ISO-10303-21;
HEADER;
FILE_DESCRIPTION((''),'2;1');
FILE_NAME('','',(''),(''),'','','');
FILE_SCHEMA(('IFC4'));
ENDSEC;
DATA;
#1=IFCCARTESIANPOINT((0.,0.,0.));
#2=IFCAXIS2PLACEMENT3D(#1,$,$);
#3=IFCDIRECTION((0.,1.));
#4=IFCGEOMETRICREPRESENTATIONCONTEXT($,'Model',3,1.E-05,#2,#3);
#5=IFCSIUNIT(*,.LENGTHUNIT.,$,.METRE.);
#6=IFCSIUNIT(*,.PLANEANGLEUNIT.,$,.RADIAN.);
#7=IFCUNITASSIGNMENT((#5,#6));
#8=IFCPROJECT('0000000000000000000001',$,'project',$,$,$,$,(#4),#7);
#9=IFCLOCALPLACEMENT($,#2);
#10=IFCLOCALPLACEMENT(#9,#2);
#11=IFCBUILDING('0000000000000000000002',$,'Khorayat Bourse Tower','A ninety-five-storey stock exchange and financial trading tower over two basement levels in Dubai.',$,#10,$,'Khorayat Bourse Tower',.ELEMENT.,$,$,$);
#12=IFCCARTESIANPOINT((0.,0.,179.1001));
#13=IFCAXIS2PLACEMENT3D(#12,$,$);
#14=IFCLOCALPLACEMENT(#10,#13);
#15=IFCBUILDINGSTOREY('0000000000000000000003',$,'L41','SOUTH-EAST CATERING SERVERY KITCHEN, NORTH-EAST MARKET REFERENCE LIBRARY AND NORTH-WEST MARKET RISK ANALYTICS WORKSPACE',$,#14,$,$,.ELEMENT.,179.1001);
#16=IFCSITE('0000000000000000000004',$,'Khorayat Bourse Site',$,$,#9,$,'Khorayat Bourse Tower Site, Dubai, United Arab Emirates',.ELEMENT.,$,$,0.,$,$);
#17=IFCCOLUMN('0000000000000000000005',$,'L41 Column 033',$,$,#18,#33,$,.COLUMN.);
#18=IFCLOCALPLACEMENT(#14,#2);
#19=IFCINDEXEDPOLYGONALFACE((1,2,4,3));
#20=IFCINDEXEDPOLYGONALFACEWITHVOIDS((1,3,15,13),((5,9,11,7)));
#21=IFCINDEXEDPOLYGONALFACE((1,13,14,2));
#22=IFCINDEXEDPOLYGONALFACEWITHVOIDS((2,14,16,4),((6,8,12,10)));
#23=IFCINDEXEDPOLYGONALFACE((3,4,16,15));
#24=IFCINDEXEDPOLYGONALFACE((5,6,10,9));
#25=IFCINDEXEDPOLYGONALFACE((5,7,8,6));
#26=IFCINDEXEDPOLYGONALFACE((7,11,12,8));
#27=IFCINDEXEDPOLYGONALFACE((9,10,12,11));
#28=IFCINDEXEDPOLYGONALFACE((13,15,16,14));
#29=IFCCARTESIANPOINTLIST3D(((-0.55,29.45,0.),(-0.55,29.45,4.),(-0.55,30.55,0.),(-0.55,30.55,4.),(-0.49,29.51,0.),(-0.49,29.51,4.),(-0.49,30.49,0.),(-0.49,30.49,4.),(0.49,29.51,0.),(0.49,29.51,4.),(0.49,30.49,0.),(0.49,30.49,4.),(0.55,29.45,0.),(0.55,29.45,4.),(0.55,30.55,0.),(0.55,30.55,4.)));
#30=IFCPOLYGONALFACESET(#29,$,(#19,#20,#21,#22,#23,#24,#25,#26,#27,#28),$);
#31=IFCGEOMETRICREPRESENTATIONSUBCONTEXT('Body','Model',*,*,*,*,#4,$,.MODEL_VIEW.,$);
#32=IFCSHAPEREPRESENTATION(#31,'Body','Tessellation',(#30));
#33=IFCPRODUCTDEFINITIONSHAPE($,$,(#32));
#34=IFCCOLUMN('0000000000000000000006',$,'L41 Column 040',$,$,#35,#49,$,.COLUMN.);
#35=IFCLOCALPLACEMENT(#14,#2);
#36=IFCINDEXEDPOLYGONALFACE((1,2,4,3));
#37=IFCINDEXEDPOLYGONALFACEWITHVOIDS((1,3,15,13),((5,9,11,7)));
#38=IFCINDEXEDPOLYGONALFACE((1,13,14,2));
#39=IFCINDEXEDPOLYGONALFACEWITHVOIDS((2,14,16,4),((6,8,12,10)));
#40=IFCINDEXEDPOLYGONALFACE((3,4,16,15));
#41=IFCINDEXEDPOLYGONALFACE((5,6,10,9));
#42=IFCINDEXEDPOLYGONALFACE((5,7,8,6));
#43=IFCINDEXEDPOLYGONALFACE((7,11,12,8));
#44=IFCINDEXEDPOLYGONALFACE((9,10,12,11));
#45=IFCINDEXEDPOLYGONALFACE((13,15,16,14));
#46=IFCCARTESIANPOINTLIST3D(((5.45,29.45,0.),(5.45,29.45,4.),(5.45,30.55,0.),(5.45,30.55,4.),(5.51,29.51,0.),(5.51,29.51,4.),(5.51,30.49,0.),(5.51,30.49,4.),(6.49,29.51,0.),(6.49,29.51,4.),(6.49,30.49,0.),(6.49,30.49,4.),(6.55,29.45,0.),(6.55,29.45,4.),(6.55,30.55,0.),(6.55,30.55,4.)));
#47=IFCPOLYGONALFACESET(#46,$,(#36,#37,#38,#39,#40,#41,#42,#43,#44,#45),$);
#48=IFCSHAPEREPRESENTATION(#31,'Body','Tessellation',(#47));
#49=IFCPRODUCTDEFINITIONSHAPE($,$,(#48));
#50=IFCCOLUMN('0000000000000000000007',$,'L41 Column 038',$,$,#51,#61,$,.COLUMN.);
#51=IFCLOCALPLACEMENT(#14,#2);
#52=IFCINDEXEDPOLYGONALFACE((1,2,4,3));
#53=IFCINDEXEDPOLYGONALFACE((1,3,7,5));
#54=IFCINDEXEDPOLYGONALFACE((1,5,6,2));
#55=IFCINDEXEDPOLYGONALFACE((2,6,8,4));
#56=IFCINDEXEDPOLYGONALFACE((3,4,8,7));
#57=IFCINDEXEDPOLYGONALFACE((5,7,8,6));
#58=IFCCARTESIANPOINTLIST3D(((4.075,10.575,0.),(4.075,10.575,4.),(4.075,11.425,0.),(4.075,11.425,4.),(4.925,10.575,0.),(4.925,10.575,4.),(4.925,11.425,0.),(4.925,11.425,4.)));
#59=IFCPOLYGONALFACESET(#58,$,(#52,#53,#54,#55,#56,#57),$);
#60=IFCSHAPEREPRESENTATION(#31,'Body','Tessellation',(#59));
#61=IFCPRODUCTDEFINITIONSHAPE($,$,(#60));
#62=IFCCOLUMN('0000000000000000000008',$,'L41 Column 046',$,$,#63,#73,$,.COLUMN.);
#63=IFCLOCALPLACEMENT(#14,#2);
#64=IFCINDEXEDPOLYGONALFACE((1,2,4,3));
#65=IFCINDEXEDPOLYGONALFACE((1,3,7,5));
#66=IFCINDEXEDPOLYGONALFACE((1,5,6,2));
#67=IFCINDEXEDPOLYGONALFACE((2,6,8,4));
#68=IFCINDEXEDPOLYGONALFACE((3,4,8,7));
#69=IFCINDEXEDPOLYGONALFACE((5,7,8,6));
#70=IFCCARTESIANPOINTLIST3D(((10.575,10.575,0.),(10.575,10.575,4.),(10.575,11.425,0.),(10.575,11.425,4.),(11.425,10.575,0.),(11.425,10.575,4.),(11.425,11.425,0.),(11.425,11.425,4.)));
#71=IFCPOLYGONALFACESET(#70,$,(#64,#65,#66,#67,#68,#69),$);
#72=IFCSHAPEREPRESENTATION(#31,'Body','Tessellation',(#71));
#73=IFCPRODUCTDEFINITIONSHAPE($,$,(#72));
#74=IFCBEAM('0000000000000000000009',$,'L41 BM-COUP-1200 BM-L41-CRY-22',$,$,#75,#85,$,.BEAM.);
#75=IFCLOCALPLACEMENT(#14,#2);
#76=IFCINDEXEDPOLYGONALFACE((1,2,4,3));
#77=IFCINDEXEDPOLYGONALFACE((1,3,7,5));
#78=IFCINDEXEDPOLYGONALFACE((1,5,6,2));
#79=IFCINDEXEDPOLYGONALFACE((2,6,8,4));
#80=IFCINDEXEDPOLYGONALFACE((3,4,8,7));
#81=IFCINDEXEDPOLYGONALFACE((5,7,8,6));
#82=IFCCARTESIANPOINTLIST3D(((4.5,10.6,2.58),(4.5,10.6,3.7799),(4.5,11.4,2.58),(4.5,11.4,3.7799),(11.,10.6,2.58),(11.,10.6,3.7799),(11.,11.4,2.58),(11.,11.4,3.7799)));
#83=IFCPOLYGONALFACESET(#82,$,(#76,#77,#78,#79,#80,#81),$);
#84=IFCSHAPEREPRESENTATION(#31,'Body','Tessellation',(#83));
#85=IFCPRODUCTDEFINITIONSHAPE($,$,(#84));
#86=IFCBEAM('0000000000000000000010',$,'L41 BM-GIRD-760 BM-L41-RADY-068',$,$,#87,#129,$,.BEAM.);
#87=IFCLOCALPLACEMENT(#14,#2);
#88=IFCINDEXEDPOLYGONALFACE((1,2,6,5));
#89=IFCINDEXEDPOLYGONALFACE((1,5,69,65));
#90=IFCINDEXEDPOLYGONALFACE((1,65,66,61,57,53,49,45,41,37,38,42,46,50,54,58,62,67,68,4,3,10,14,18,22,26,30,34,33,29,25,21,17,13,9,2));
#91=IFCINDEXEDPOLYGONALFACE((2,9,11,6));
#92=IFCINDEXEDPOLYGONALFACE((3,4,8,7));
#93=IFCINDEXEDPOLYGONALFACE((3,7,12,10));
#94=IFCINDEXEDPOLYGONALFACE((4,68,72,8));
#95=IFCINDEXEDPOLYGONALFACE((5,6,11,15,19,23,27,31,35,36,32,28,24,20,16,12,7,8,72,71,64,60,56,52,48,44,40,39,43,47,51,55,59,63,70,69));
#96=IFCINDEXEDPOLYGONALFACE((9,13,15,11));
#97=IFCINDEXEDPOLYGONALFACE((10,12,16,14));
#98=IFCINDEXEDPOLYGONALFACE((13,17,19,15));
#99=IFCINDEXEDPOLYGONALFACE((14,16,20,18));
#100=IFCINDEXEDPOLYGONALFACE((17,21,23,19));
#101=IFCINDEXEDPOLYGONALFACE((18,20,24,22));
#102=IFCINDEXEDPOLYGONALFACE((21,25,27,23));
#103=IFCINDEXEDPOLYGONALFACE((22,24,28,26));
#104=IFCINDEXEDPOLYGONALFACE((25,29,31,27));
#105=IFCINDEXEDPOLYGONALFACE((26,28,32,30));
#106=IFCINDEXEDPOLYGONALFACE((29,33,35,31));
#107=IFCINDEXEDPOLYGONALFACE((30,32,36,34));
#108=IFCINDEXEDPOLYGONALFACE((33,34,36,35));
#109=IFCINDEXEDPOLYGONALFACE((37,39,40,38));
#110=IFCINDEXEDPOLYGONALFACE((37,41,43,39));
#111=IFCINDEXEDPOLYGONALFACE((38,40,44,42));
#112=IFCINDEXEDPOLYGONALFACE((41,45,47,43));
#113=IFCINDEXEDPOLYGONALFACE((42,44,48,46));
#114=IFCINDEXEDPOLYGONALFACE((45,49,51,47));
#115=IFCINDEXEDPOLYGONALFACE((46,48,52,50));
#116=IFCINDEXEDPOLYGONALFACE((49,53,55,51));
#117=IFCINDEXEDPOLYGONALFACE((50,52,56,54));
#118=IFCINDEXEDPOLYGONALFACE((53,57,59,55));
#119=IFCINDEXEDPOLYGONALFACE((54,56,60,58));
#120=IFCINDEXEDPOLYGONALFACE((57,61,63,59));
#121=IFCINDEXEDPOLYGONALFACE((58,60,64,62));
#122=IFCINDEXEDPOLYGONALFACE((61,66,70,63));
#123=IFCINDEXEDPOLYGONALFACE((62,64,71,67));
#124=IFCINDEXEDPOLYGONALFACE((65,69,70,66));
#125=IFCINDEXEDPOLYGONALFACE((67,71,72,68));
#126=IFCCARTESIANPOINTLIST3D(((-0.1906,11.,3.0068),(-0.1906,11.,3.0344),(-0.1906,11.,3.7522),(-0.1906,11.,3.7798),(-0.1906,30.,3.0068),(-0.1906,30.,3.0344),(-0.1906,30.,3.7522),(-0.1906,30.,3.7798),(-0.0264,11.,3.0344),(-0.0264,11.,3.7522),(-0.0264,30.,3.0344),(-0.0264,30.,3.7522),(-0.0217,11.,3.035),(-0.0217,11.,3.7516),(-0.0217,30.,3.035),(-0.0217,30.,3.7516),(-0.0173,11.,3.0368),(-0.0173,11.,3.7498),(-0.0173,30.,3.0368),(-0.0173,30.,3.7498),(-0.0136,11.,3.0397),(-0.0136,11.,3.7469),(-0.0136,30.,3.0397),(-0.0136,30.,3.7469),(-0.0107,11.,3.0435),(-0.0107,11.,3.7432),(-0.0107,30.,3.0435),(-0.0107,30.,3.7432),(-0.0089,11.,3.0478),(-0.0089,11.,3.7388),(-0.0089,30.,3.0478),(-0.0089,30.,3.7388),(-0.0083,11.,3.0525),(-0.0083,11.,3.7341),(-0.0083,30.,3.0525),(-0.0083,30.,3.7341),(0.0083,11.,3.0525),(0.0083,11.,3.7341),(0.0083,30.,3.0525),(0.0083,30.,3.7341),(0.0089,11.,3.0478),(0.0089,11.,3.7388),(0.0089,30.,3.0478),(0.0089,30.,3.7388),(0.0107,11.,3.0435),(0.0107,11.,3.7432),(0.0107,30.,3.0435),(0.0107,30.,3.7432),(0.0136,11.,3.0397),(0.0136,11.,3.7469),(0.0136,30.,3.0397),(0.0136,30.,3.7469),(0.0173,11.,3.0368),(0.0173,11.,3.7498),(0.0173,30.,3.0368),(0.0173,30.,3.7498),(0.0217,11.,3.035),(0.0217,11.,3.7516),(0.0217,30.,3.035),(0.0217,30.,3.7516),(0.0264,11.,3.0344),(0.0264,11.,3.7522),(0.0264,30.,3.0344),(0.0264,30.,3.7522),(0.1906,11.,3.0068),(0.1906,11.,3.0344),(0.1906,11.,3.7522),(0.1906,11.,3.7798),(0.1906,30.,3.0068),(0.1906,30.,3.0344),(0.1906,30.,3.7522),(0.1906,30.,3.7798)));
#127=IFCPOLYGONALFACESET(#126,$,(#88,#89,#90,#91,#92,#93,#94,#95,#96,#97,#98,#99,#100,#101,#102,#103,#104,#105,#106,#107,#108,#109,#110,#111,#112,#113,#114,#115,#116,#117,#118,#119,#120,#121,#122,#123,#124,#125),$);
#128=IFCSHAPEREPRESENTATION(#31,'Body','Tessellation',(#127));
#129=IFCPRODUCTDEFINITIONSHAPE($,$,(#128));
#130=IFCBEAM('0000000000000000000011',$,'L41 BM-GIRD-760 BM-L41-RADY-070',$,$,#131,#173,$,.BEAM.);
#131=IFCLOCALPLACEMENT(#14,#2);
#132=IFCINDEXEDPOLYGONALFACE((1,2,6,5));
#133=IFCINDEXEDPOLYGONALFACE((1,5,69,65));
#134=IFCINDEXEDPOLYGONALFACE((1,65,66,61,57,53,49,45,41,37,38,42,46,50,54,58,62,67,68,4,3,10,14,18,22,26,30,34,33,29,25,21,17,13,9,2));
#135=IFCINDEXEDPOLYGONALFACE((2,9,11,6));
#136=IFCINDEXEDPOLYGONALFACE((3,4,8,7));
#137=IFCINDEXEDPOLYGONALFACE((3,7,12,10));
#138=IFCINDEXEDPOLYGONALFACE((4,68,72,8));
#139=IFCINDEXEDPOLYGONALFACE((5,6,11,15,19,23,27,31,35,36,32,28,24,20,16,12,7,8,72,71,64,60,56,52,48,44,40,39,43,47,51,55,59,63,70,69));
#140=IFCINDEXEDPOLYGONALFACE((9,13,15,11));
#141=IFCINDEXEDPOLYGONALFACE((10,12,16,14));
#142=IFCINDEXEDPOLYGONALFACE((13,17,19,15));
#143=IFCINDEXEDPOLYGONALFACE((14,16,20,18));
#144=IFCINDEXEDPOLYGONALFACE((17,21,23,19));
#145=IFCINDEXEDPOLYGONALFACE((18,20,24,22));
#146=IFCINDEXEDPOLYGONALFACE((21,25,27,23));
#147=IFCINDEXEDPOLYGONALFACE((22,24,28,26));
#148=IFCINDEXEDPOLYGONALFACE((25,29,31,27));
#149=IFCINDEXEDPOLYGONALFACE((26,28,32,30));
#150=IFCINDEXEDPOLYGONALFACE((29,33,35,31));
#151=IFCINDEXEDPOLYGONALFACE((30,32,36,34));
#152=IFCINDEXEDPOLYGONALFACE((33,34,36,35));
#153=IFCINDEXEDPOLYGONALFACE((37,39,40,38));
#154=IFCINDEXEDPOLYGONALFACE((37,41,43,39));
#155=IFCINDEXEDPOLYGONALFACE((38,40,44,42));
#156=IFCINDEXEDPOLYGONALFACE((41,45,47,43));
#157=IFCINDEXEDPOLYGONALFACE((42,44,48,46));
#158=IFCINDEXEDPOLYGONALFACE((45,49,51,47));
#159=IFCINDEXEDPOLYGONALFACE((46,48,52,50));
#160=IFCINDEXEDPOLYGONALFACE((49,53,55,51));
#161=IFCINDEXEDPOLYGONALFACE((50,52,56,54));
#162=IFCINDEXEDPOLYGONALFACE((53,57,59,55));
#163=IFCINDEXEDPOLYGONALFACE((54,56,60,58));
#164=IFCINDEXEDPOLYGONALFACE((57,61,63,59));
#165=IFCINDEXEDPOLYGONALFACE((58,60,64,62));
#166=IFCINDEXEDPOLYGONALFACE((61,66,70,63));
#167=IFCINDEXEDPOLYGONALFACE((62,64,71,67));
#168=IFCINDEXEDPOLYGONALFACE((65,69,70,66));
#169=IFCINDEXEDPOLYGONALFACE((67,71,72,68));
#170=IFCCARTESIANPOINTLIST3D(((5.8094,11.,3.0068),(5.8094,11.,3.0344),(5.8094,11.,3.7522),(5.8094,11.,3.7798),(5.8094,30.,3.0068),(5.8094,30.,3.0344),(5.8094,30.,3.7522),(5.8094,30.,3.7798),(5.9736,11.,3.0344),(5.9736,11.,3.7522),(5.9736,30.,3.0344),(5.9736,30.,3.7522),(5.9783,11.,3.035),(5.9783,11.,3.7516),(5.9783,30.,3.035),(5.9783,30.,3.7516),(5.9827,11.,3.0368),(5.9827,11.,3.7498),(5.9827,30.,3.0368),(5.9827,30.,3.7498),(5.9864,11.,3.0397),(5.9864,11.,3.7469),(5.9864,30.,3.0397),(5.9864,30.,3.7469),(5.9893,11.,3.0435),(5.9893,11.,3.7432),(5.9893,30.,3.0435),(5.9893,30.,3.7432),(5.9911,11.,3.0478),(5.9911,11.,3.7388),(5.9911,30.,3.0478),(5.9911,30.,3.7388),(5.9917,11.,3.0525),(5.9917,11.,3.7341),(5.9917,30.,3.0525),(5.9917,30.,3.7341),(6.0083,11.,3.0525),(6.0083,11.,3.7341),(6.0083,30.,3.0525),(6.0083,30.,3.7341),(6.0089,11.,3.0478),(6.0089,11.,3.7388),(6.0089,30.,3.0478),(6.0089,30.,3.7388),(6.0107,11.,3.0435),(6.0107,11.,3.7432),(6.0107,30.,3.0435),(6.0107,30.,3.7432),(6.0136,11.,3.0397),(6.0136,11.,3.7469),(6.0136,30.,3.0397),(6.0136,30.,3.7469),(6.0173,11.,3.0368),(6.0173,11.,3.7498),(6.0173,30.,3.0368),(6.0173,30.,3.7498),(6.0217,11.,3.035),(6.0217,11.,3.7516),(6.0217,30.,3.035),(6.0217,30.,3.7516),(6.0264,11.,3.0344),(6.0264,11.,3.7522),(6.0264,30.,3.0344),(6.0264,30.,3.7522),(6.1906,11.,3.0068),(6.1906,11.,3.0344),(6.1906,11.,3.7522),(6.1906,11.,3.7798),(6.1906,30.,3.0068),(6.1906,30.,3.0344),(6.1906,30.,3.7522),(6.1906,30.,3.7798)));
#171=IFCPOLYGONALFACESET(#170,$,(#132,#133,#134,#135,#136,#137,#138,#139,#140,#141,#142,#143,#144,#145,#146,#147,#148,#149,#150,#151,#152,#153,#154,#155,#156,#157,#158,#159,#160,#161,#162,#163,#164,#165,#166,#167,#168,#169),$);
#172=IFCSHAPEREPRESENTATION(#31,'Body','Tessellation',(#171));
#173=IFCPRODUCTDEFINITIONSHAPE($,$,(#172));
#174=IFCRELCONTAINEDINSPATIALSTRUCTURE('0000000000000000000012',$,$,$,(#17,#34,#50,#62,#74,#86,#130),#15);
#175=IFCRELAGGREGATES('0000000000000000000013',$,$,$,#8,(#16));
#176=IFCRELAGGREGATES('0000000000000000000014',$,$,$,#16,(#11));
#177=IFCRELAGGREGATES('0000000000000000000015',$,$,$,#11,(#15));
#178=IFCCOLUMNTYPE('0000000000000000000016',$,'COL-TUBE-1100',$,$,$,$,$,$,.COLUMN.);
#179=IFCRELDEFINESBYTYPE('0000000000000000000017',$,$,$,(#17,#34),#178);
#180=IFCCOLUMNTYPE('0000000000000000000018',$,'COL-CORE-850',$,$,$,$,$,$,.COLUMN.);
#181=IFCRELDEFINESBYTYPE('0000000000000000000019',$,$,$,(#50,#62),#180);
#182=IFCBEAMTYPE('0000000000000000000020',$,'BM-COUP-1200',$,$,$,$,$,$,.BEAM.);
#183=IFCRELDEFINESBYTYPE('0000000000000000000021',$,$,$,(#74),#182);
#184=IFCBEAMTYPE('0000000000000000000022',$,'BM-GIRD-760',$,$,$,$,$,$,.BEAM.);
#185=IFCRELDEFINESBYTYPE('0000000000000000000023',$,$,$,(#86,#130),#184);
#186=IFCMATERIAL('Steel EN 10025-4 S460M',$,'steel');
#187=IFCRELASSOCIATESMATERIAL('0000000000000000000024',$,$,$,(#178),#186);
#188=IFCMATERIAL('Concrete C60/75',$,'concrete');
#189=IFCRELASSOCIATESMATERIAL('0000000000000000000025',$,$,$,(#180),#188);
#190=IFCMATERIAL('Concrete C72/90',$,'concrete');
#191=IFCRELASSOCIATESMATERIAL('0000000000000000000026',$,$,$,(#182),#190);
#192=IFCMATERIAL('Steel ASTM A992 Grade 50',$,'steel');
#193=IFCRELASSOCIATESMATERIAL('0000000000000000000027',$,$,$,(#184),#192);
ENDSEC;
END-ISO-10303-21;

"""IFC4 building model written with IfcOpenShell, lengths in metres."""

from ifc_helpers import new_model, si_unit, direction, frame, origin, origin_2d, place, context, subcontext, project, spatial, rectangle, hollow_rectangle, i_section, extrude, source, transform, mapped, material, material_profile, profile_set, type_object, element, save


model = new_model("IFC4")

# Units and contexts
model_context = context("Model", 3, precision=1e-05, world=origin(), true_north=direction((0.0, 1.0)))
body_context = subcontext(model_context, "Body", "Model", "MODEL_VIEW")
ifc_project = project(units=[si_unit("LENGTHUNIT", "METRE"), si_unit("PLANEANGLEUNIT", "RADIAN")], contexts=[model_context])

# Site, building, storey
site_placement = place(None, origin())
site = spatial("IfcSite", under=ifc_project, at=site_placement, Name="Khorayat Bourse Site", LongName="Khorayat Bourse Tower Site, Dubai, United Arab Emirates", CompositionType="ELEMENT", RefElevation=0.0)
building_placement = place(site_placement, origin())
building = spatial("IfcBuilding", under=site, at=building_placement, Name="Khorayat Bourse Tower", Description="A ninety-five-storey stock exchange and financial trading tower over two basement levels in Dubai.", LongName="Khorayat Bourse Tower", CompositionType="ELEMENT")
storey_placement = place(building_placement, frame((0.0, 0.0, 179.1001)))
storey = spatial("IfcBuildingStorey", under=building, at=storey_placement, Name="L41", Description="SOUTH-EAST CATERING SERVERY KITCHEN, NORTH-EAST MARKET REFERENCE LIBRARY AND NORTH-WEST MARKET RISK ANALYTICS WORKSPACE", CompositionType="ELEMENT", Elevation=179.1001)

# Columns
ifc_material_1 = material(Name="Steel EN 10025-4 S460M", Category="steel")
ifc_material_profile_1 = material_profile(ifc_material_1, hollow_rectangle(XDim=1.1001, YDim=1.1001, WallThickness=0.0601, at=origin_2d()), Name="BOX 1100x1100x60")
ifc_profile_set_1 = profile_set([ifc_material_profile_1], Name="Steel EN 10025-4 S460M")
column_type_1 = type_object("IfcColumnType", Name="COL-TUBE-1100", PredefinedType="COLUMN", material=ifc_profile_set_1)
shared_shape_1 = source(origin(), body_context, "Body", "SweptSolid", [
    extrude(hollow_rectangle(XDim=1.1001, YDim=1.1001, WallThickness=0.0601, at=origin_2d()), origin(), (0.0, 0.0, 1.0), 4.0),
])
for number, where, z_axis, x_axis, name in (
    (1, (0.0, 30.0, 0.0), (0.0, 0.0, 1.0), (1.0, 0.0, 0.0), "L41 Column 033"),
    (2, (6.0, 30.0, 0.0), (0.0, 0.0, 1.0), (1.0, 0.0, 0.0), "L41 Column 040"),
):
    element("IfcColumn", number, at=place(storey_placement, frame(where, z_axis=z_axis, x_axis=x_axis)), inside=storey, type_object=column_type_1, Name=name, PredefinedType="COLUMN", context=body_context, shape_type="MappedRepresentation", body=[
        mapped(shared_shape_1, transform((0.0, 0.0, 0.0), scale=1.0)),
    ])
ifc_material_2 = material(Name="Concrete C60/75", Category="concrete")
ifc_material_profile_2 = material_profile(ifc_material_2, rectangle(XDim=0.8501, YDim=0.8501, at=origin_2d()), Name="RC 850x850")
ifc_profile_set_2 = profile_set([ifc_material_profile_2], Name="Concrete C60/75")
column_type_2 = type_object("IfcColumnType", Name="COL-CORE-850", PredefinedType="COLUMN", material=ifc_profile_set_2)
shared_shape_2 = source(origin(), body_context, "Body", "SweptSolid", [
    extrude(rectangle(XDim=0.8501, YDim=0.8501, at=origin_2d()), origin(), (0.0, 0.0, 1.0), 4.0),
])
for number, where, z_axis, x_axis, name in (
    (3, (4.5, 11.0, 0.0), (0.0, 0.0, 1.0), (1.0, 0.0, 0.0), "L41 Column 038"),
    (4, (11.0, 11.0, 0.0), (0.0, 0.0, 1.0), (1.0, 0.0, 0.0), "L41 Column 046"),
):
    element("IfcColumn", number, at=place(storey_placement, frame(where, z_axis=z_axis, x_axis=x_axis)), inside=storey, type_object=column_type_2, Name=name, PredefinedType="COLUMN", context=body_context, shape_type="MappedRepresentation", body=[
        mapped(shared_shape_2, transform((0.0, 0.0, 0.0), scale=1.0)),
    ])

# Beams
ifc_material_3 = material(Name="Concrete C72/90", Category="concrete")
ifc_material_profile_3 = material_profile(ifc_material_3, rectangle(XDim=0.8, YDim=1.2, at=origin_2d()), Name="RC 800x1200")
ifc_profile_set_3 = profile_set([ifc_material_profile_3], Name="Concrete C72/90")
beam_type_1 = type_object("IfcBeamType", Name="BM-COUP-1200", PredefinedType="BEAM", material=ifc_profile_set_3)
shared_shape_3 = source(origin(), body_context, "Body", "SweptSolid", [
    extrude(rectangle(XDim=0.8, YDim=1.2, at=origin_2d()), origin(), (0.0, 0.0, 1.0), 6.5),
])
beam_1_placement = place(storey_placement, frame((4.5, 11.0, 3.1799), z_axis=(1.0, 0.0, 0.0), x_axis=(0.0, 1.0, 0.0)))
element("IfcBeam", 5, at=beam_1_placement, inside=storey, type_object=beam_type_1, Name="L41 BM-COUP-1200 BM-L41-CRY-22", PredefinedType="BEAM", context=body_context, shape_type="MappedRepresentation", body=[
    mapped(shared_shape_3, transform((0.0, 0.0, 0.0), scale=1.0)),
])
ifc_material_4 = material(Name="Steel ASTM A992 Grade 50", Category="steel")
ifc_material_profile_4 = material_profile(ifc_material_4, i_section(OverallWidth=0.3811, OverallDepth=0.7729, WebThickness=0.0166, FlangeThickness=0.0276, FilletRadius=0.0181, at=origin_2d()), Name="W760X257")
ifc_profile_set_4 = profile_set([ifc_material_profile_4], Name="Steel ASTM A992 Grade 50")
beam_type_2 = type_object("IfcBeamType", Name="BM-GIRD-760", PredefinedType="BEAM", material=ifc_profile_set_4)
shared_shape_4 = source(origin(), body_context, "Body", "SweptSolid", [
    extrude(i_section(OverallWidth=0.3811, OverallDepth=0.7729, WebThickness=0.0166, FlangeThickness=0.0276, FilletRadius=0.0181, at=origin_2d()), origin(), (0.0, 0.0, 1.0), 19.0),
])
for number, where, z_axis, x_axis, name in (
    (6, (0.0, 11.0, 3.3933), (0.0, 1.0, 0.0), (-1.0, 0.0, 0.0), "L41 BM-GIRD-760 BM-L41-RADY-068"),
    (7, (6.0, 11.0, 3.3933), (0.0, 1.0, 0.0), (-1.0, 0.0, 0.0), "L41 BM-GIRD-760 BM-L41-RADY-070"),
):
    element("IfcBeam", number, at=place(storey_placement, frame(where, z_axis=z_axis, x_axis=x_axis)), inside=storey, type_object=beam_type_2, Name=name, PredefinedType="BEAM", context=body_context, shape_type="MappedRepresentation", body=[
        mapped(shared_shape_4, transform((0.0, 0.0, 0.0), scale=1.0)),
    ])

save(model, "model.ifc")
